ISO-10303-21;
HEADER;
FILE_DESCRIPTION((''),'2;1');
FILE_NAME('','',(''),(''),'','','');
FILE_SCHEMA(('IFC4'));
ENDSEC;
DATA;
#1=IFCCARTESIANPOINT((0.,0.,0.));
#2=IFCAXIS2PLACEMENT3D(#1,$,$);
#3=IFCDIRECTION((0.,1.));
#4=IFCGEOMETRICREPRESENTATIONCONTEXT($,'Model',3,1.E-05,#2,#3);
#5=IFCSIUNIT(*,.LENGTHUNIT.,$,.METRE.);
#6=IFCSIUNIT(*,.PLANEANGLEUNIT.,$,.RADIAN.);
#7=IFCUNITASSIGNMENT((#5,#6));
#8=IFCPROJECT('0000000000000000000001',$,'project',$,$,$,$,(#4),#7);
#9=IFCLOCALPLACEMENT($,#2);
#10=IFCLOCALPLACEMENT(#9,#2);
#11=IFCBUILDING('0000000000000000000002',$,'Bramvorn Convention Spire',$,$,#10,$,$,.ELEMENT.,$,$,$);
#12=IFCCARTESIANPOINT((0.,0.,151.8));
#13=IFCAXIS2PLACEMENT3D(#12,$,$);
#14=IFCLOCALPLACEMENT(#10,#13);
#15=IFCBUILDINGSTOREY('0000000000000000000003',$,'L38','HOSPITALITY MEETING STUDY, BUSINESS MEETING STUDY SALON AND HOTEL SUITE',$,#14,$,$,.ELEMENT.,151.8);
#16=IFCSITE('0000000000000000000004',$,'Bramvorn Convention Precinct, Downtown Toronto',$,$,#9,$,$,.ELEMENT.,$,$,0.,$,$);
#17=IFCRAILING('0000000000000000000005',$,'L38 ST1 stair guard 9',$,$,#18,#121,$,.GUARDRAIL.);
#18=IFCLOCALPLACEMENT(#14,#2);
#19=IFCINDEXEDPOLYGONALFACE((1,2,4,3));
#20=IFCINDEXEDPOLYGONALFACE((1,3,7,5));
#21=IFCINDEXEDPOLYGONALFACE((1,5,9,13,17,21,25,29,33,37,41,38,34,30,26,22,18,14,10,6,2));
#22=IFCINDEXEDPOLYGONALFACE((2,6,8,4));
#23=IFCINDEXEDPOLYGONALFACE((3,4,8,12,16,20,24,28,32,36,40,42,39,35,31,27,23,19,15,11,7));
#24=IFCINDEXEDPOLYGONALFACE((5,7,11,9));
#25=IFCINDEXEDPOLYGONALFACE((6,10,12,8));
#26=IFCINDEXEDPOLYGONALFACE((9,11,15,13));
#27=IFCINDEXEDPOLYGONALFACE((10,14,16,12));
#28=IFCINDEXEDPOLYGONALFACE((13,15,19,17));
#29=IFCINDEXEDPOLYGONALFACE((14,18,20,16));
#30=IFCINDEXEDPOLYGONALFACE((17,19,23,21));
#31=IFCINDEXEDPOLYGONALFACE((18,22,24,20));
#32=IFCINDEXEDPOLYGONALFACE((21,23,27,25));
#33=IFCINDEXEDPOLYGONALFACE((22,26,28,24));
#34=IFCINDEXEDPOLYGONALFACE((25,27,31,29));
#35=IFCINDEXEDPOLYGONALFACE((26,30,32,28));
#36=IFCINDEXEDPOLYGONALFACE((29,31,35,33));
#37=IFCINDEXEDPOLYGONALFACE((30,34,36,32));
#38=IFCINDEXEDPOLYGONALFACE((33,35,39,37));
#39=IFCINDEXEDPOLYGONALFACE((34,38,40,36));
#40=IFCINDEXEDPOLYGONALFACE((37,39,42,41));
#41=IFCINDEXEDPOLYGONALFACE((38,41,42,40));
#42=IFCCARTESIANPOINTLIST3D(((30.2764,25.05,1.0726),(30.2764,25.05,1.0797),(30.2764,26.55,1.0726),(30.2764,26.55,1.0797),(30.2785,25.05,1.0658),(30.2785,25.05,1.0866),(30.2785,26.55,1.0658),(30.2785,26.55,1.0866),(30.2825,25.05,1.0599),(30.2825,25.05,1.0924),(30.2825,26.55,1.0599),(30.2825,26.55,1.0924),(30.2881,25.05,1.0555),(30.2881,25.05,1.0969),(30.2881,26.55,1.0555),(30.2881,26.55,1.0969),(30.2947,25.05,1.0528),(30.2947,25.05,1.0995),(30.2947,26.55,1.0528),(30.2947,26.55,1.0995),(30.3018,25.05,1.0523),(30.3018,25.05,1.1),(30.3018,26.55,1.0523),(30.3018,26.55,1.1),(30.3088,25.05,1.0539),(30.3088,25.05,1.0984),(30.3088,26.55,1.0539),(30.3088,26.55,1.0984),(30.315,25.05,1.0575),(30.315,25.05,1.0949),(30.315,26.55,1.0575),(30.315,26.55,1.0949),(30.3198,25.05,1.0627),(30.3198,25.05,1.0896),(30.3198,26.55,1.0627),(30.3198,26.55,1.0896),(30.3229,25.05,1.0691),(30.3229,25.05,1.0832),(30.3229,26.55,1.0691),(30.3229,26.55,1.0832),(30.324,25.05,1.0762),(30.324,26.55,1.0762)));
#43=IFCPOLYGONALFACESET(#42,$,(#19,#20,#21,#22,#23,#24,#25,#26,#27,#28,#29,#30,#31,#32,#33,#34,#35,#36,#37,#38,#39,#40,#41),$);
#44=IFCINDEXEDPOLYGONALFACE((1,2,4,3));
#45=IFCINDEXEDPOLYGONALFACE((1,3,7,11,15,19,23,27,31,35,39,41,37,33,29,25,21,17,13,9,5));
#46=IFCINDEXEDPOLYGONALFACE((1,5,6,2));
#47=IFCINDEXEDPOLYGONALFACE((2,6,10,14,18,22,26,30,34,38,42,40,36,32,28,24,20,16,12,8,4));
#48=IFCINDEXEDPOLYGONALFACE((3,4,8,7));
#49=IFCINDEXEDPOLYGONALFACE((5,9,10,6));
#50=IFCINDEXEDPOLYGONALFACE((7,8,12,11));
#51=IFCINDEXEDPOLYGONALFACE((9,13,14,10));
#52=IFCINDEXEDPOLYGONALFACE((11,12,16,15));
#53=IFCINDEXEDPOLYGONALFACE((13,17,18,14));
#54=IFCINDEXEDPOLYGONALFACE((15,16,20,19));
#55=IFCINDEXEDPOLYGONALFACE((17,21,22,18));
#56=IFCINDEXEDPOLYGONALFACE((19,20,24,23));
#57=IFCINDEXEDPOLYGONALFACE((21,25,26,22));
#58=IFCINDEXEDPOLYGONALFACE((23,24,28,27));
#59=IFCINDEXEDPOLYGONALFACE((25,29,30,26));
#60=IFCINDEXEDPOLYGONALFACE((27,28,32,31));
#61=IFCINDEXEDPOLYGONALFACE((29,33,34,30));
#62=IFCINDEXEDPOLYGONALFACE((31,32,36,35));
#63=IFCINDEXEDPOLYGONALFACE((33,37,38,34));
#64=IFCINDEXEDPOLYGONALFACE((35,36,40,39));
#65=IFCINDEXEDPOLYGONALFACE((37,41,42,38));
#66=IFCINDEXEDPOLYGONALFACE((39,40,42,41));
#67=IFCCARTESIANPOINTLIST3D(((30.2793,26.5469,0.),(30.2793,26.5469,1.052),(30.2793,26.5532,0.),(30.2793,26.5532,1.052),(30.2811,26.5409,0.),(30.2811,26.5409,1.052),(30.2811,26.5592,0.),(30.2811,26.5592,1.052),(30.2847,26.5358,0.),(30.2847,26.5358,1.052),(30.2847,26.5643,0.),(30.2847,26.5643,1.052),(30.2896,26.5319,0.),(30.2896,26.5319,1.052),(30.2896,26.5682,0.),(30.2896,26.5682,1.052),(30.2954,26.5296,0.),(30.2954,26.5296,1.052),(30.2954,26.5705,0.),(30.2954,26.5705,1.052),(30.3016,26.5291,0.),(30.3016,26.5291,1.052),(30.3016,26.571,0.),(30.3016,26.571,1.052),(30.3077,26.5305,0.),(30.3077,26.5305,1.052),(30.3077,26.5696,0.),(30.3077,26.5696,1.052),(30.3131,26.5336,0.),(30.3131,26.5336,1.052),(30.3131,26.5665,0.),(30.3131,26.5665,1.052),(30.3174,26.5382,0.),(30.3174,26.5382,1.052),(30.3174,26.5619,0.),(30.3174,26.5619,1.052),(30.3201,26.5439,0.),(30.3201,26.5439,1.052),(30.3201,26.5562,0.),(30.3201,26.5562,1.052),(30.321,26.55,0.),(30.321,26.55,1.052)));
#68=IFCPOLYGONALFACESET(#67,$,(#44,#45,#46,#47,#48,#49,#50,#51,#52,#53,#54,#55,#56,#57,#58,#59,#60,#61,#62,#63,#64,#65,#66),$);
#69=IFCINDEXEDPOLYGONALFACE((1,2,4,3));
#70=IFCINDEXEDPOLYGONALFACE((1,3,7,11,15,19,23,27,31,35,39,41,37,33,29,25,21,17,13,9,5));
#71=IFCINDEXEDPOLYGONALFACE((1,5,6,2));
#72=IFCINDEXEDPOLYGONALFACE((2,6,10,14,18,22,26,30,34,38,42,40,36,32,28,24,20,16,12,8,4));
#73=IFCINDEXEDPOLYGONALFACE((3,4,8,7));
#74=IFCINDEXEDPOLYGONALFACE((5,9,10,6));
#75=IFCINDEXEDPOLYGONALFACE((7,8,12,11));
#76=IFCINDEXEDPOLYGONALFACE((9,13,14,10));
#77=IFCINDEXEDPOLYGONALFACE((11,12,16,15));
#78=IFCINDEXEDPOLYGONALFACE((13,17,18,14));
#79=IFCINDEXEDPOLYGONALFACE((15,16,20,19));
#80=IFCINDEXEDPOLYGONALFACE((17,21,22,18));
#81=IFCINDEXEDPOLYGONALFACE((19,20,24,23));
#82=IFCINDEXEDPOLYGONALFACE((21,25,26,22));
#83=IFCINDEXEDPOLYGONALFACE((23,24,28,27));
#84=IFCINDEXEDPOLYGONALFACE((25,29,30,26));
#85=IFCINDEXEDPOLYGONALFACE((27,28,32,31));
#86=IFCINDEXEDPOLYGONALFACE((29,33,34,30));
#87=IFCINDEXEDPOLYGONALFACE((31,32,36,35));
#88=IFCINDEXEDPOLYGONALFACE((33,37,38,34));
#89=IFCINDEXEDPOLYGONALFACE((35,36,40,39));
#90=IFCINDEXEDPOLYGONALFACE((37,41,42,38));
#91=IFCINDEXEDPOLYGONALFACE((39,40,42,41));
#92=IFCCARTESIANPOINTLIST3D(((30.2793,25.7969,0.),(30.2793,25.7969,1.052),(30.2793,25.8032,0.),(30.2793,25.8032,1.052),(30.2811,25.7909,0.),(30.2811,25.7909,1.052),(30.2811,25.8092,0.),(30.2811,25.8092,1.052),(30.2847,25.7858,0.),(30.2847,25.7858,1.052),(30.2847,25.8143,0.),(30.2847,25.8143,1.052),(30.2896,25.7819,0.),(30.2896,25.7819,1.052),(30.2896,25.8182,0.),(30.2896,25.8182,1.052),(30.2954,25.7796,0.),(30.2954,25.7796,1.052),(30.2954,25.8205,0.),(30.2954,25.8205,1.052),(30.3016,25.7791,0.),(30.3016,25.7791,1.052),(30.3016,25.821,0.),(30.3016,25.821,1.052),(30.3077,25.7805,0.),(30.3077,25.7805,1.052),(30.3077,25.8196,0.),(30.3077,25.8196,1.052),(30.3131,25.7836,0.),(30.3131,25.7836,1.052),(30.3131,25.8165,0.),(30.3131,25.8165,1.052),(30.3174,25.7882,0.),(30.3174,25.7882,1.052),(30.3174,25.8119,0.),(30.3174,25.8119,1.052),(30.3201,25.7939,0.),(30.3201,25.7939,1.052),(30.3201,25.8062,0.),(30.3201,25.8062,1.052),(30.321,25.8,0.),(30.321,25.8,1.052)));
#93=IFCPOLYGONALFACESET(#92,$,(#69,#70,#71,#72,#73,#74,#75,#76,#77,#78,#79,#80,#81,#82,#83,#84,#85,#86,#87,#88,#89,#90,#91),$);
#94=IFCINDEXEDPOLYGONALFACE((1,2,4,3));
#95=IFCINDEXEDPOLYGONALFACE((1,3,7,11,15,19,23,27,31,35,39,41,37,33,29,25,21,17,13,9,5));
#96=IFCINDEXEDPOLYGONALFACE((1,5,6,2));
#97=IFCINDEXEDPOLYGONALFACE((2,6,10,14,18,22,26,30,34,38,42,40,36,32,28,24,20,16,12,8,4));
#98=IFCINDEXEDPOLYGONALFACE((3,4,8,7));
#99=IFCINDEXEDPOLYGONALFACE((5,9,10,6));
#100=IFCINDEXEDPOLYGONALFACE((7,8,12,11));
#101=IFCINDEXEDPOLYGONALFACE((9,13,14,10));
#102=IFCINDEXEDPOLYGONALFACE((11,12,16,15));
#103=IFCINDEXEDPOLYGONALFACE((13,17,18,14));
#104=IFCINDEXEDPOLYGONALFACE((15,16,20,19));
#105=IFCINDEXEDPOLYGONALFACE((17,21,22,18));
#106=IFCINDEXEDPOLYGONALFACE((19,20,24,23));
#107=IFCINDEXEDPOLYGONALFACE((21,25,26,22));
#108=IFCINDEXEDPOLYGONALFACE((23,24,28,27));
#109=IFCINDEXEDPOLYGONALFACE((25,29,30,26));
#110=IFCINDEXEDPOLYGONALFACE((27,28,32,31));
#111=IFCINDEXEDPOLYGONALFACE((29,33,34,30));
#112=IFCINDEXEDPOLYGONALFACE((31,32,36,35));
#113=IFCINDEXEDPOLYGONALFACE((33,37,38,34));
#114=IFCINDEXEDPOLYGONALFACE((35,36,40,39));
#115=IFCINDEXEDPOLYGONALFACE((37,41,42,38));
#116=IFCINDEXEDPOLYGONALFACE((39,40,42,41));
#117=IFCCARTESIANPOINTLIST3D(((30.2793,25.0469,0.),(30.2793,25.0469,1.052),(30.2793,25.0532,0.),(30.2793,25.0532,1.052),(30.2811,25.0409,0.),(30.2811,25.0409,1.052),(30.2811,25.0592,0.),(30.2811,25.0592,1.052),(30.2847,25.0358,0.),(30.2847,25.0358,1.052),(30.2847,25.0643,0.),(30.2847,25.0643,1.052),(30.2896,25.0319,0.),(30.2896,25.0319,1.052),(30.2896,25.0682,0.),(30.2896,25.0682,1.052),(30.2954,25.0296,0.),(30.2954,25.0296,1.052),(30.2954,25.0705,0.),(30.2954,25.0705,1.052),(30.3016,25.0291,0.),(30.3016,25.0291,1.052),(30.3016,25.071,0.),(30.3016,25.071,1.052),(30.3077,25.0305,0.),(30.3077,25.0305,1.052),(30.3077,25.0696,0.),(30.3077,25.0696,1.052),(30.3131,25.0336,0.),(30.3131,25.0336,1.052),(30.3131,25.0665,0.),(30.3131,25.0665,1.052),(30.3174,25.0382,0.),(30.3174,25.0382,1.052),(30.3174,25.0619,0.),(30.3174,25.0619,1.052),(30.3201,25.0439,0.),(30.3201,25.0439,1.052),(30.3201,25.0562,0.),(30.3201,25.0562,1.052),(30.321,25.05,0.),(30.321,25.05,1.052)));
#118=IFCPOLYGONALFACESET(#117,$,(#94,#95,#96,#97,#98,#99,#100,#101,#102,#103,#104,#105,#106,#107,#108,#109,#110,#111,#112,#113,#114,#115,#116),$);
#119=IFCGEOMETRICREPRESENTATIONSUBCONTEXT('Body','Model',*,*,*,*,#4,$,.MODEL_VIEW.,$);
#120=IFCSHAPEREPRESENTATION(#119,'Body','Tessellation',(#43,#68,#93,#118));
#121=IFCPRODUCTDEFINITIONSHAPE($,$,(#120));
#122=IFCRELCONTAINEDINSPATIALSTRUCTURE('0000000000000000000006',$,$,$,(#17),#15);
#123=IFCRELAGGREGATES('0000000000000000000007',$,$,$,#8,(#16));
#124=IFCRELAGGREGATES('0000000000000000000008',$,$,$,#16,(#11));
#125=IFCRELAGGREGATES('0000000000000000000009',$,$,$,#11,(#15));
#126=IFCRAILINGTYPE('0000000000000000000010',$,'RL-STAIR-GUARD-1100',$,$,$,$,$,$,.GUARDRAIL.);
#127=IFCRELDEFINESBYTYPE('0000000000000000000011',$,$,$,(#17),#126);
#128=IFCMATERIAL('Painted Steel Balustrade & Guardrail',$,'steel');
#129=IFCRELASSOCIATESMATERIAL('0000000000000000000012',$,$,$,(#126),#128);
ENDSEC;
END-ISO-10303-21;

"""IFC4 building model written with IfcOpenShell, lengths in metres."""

from ifc_helpers import new_model, si_unit, direction, frame, origin, origin_2d, place, context, subcontext, project, spatial, circle, extrude, material, type_object, element, save


model = new_model("IFC4")

# Units and contexts
model_context = context("Model", 3, precision=1e-05, world=origin(), true_north=direction((0.0, 1.0)))
body_context = subcontext(model_context, "Body", "Model", "MODEL_VIEW")
ifc_project = project(units=[si_unit("LENGTHUNIT", "METRE"), si_unit("PLANEANGLEUNIT", "RADIAN")], contexts=[model_context])

# Site, building, storey
site_placement = place(None, origin())
site = spatial("IfcSite", under=ifc_project, at=site_placement, Name="Bramvorn Convention Precinct, Downtown Toronto", CompositionType="ELEMENT", RefElevation=0.0)
building_placement = place(site_placement, origin())
building = spatial("IfcBuilding", under=site, at=building_placement, Name="Bramvorn Convention Spire", CompositionType="ELEMENT")
storey_placement = place(building_placement, frame((0.0, 0.0, 151.8)))
storey = spatial("IfcBuildingStorey", under=building, at=storey_placement, Name="L38", Description="HOSPITALITY MEETING STUDY, BUSINESS MEETING STUDY SALON AND HOTEL SUITE", CompositionType="ELEMENT", Elevation=151.8)

# Railing
ifc_material_1 = material(Name="Painted Steel Balustrade & Guardrail", Category="steel")
railing_type_1 = type_object("IfcRailingType", Name="RL-STAIR-GUARD-1100", PredefinedType="GUARDRAIL", material=ifc_material_1)
for number, where, name in (
    (1, (30.3, 26.55, 0.0), "L38 ST1 stair guard 9"),
):
    element("IfcRailing", number, at=place(storey_placement, frame(where)), inside=storey, type_object=railing_type_1, Name=name, PredefinedType="GUARDRAIL", context=body_context, shape_type="SweptSolid", body=[
        extrude(circle(Radius=0.0239, at=origin_2d()), frame((0.0, 0.0, 1.0762), z_axis=(0.0, -1.0, 0.0), x_axis=(1.0, 0.0, 0.0)), (0.0, 0.0, 1.0), 1.5),
        extrude(circle(Radius=0.021, at=origin_2d()), origin(), (0.0, 0.0, 1.0), 1.052),
        extrude(circle(Radius=0.021, at=origin_2d()), frame((0.0, -0.75, 0.0)), (0.0, 0.0, 1.0), 1.052),
        extrude(circle(Radius=0.021, at=origin_2d()), frame((0.0, -1.5, 0.0)), (0.0, 0.0, 1.0), 1.052),
    ])

save(model, "model.ifc")
